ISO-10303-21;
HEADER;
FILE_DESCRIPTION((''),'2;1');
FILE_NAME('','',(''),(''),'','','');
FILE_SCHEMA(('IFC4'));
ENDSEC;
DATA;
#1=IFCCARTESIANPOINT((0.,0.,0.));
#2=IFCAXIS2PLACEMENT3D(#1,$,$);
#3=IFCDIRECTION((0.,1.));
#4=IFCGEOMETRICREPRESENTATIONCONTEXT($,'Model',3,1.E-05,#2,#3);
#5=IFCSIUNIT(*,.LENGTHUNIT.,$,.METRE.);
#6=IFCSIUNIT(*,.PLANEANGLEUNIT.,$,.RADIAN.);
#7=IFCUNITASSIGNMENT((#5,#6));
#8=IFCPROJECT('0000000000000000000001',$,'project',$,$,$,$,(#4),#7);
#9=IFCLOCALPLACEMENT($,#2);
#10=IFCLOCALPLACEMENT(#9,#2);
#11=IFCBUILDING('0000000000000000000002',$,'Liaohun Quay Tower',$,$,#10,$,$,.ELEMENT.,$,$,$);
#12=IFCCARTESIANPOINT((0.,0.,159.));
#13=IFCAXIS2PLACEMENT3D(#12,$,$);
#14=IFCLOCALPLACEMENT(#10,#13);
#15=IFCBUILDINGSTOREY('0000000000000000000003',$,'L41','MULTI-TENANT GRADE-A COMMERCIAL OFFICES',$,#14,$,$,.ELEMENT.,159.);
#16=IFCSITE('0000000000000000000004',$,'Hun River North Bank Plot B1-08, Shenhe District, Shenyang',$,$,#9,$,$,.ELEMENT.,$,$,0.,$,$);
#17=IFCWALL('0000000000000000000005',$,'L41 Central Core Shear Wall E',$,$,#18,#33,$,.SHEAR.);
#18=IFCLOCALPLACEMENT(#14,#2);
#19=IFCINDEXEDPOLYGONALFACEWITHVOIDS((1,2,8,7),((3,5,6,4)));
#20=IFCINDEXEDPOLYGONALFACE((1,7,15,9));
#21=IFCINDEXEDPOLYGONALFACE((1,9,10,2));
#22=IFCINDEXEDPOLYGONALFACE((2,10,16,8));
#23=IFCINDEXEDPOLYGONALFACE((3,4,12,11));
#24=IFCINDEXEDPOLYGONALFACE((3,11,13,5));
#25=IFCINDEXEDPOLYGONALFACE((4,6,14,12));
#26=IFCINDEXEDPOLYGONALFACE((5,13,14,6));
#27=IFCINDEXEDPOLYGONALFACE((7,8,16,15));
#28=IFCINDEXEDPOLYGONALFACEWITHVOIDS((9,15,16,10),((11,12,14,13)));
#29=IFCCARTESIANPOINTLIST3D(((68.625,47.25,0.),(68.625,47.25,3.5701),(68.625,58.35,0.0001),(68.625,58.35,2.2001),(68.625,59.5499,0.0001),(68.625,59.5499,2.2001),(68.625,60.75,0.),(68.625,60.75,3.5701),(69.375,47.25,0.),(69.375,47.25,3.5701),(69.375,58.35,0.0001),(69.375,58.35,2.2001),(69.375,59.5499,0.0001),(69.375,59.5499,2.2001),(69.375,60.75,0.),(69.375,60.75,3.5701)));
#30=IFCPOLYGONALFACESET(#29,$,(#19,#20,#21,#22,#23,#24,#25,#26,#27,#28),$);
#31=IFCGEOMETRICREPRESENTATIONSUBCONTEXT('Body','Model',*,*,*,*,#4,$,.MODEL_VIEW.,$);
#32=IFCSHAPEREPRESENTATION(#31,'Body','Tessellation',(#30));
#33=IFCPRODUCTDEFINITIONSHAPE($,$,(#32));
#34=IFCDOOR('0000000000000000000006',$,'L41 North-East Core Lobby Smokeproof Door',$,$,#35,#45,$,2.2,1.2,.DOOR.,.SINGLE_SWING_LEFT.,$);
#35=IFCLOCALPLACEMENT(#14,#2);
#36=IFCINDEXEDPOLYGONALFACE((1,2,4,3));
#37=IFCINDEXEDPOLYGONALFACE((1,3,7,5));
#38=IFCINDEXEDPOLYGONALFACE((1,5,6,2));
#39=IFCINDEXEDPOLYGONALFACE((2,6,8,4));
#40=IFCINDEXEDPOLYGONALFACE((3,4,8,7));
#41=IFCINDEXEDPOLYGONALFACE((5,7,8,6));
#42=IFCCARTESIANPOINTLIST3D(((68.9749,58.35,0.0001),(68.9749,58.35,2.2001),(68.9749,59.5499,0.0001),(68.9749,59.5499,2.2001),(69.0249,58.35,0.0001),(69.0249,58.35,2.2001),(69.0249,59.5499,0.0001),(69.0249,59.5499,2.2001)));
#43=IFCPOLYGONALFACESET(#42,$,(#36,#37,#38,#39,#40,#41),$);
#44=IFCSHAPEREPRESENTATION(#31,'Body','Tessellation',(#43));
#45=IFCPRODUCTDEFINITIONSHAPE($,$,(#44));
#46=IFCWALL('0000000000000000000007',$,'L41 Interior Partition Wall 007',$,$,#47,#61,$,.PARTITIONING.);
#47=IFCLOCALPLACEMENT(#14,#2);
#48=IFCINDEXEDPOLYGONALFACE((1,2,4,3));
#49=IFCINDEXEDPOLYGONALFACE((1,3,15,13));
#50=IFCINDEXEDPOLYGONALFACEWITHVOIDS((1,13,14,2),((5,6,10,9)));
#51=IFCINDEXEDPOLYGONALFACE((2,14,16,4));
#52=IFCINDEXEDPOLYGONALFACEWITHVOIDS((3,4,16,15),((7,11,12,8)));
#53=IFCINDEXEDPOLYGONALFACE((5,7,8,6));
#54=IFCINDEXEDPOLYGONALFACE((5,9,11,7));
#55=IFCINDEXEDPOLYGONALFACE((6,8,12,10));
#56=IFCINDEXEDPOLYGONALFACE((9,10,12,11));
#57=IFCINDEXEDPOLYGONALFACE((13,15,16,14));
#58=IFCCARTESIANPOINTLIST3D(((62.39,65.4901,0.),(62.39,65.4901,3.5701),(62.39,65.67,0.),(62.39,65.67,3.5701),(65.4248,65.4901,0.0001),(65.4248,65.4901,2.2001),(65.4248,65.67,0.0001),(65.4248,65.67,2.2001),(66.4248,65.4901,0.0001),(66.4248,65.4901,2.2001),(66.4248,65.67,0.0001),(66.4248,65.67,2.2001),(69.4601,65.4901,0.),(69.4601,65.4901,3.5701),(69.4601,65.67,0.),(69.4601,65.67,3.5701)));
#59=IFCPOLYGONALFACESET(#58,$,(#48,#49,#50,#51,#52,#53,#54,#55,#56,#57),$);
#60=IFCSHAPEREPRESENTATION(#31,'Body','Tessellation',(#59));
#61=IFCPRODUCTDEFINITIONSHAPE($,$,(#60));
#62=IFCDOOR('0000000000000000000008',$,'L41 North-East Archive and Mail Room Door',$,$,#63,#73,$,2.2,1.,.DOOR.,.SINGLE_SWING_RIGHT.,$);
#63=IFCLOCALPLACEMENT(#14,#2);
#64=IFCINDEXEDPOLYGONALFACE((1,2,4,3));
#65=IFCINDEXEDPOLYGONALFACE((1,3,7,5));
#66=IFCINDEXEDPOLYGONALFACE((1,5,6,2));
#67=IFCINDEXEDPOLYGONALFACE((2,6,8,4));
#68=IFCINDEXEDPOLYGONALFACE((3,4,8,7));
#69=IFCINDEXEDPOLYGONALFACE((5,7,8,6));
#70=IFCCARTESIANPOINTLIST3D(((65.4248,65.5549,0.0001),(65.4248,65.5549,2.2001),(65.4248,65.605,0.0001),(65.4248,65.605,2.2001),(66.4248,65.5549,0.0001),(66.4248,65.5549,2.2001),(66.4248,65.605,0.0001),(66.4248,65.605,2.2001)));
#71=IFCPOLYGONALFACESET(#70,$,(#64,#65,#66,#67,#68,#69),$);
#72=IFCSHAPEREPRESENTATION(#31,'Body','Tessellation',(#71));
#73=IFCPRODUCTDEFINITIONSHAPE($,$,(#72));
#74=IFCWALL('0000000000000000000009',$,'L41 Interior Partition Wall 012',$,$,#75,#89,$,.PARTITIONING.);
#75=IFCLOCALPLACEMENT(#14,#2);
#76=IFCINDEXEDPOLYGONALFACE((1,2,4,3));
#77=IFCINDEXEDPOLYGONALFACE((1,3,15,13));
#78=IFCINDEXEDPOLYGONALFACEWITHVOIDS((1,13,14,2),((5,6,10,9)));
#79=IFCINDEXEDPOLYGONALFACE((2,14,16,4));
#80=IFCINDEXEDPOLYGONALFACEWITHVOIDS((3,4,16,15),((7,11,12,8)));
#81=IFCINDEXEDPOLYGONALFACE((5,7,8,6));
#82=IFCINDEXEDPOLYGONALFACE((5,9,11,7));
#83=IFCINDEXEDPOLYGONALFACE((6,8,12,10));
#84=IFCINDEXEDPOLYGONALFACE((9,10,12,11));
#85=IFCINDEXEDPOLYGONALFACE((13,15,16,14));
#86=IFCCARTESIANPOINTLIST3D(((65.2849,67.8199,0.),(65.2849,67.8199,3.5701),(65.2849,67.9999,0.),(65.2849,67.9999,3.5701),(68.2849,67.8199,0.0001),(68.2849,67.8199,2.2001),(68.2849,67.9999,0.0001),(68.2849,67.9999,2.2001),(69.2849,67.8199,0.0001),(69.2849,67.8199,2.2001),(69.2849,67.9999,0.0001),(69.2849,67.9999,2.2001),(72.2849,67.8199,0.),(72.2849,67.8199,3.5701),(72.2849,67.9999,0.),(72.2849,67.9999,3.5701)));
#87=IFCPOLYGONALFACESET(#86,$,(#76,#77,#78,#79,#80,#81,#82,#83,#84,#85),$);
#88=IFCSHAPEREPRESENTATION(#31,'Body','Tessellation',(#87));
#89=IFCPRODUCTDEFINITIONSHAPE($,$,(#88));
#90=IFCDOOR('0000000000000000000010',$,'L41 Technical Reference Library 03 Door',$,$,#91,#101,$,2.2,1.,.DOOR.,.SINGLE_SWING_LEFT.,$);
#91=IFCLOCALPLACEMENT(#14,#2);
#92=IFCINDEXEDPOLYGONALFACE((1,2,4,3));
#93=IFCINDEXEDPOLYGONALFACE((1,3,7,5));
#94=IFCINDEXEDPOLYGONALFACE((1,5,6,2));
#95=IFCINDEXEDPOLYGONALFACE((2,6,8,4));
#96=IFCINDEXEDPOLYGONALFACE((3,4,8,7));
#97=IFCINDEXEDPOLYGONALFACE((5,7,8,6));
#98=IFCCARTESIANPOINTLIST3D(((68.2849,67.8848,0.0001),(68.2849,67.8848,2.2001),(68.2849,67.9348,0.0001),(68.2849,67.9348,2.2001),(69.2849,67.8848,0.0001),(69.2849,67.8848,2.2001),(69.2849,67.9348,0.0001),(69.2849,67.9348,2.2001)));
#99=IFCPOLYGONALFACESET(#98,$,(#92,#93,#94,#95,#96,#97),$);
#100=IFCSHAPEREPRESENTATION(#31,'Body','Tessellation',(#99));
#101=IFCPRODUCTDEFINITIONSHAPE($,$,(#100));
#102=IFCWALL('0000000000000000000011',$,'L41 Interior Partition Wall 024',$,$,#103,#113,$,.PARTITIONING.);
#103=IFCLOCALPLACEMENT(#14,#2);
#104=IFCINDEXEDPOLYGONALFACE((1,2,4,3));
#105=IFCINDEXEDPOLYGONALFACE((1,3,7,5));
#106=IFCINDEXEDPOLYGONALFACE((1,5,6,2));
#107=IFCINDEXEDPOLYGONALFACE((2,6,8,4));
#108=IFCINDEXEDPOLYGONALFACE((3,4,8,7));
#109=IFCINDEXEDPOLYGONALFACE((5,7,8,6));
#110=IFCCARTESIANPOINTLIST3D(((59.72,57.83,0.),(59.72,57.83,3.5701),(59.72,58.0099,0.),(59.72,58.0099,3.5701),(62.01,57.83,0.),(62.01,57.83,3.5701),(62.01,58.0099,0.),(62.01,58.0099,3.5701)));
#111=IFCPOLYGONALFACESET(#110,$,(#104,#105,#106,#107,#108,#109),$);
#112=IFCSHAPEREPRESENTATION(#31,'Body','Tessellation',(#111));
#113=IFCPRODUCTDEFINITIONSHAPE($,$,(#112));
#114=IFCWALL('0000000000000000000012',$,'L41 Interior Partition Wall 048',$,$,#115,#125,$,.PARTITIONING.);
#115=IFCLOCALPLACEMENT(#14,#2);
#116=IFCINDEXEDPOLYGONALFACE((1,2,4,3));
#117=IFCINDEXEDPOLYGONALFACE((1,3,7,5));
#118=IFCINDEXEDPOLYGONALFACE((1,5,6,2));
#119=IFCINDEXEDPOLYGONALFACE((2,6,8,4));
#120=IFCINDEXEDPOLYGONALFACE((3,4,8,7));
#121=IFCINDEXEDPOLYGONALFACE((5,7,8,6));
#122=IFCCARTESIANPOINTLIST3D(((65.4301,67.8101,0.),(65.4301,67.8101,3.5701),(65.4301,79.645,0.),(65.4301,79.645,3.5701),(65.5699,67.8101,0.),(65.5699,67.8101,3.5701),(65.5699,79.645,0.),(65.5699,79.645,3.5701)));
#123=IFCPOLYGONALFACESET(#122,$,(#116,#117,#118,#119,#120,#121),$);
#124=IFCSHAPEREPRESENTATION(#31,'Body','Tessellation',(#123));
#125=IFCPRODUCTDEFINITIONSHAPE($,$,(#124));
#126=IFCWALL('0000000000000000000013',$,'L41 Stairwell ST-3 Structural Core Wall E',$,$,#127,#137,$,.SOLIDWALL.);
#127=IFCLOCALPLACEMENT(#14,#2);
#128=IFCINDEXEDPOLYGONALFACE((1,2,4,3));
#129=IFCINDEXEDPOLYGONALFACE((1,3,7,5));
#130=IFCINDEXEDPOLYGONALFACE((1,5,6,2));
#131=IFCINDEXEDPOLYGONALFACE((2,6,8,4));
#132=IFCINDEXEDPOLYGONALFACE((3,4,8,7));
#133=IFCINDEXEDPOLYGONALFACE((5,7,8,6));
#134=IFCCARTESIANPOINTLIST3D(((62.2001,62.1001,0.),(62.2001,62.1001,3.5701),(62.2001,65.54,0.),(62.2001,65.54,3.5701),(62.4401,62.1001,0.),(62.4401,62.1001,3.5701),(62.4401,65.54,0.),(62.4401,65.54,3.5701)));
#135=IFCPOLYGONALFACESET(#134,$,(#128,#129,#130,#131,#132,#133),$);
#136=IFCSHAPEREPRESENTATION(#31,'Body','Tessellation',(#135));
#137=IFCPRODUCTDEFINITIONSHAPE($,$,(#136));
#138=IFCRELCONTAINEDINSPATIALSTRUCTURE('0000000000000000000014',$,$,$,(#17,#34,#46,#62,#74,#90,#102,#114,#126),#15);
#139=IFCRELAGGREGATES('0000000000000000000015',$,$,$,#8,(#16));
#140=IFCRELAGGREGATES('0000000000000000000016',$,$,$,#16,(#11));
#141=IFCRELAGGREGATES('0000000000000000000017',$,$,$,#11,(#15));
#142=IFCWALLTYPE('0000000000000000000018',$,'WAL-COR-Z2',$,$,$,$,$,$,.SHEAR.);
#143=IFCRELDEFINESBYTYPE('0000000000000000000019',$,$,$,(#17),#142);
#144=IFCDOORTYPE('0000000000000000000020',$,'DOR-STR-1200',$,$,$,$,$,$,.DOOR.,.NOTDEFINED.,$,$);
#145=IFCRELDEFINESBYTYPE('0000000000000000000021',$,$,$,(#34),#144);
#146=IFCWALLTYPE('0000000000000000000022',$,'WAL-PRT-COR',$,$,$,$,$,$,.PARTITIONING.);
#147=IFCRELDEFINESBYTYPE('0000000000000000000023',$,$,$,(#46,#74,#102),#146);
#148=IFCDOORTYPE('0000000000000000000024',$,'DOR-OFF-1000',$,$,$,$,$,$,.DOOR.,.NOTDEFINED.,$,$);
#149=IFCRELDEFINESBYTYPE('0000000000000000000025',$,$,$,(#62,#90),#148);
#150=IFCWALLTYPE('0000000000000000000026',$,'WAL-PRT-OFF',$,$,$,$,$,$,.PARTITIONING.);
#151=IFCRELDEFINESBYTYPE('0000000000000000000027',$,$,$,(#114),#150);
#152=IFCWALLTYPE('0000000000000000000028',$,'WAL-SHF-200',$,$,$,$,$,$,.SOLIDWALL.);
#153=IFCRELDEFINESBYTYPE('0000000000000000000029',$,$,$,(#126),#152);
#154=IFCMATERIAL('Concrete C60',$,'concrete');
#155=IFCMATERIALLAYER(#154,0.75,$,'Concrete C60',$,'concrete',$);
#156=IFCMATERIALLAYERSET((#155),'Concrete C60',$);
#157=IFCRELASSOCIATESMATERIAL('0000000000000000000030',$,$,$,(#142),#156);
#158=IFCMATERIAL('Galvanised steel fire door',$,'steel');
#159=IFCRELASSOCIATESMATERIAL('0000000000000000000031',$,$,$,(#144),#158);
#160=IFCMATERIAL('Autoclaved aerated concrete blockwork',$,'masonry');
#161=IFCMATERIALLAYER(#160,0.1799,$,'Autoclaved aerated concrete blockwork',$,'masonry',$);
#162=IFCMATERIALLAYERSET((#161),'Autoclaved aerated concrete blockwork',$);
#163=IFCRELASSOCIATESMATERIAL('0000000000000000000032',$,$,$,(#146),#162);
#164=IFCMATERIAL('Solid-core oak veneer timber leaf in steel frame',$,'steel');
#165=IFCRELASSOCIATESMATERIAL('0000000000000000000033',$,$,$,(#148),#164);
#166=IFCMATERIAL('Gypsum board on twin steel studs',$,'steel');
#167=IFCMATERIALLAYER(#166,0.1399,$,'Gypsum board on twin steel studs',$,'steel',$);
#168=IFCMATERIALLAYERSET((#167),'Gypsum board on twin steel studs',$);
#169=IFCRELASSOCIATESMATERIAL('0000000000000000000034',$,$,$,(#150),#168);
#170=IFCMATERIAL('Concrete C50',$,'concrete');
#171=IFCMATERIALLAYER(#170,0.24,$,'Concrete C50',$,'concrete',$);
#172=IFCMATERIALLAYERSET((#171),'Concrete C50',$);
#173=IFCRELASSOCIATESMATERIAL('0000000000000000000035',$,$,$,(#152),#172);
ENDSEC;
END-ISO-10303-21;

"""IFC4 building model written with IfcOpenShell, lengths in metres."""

from ifc_helpers import new_model, si_unit, direction, frame, frame_2d, origin, place, context, subcontext, project, spatial, rectangle, extrude, source, transform, mapped, material, layer, layer_set, type_object, element, fill, save


model = new_model("IFC4")

# Units and contexts
model_context = context("Model", 3, precision=1e-05, world=origin(), true_north=direction((0.0, 1.0)))
body_context = subcontext(model_context, "Body", "Model", "MODEL_VIEW")
ifc_project = project(units=[si_unit("LENGTHUNIT", "METRE"), si_unit("PLANEANGLEUNIT", "RADIAN")], contexts=[model_context])

# Site, building, storey
site_placement = place(None, origin())
site = spatial("IfcSite", under=ifc_project, at=site_placement, Name="Hun River North Bank Plot B1-08, Shenhe District, Shenyang", CompositionType="ELEMENT", RefElevation=0.0)
building_placement = place(site_placement, origin())
building = spatial("IfcBuilding", under=site, at=building_placement, Name="Liaohun Quay Tower", CompositionType="ELEMENT")
storey_placement = place(building_placement, frame((0.0, 0.0, 159.0)))
storey = spatial("IfcBuildingStorey", under=building, at=storey_placement, Name="L41", Description="MULTI-TENANT GRADE-A COMMERCIAL OFFICES", CompositionType="ELEMENT", Elevation=159.0)

# Shared definitions
ifc_material_1 = material(Name="Concrete C60", Category="concrete")

# Shared definitions
ifc_layer_1 = layer(ifc_material_1, 0.75, Name="Concrete C60", Category="concrete")
ifc_layer_set_1 = layer_set([ifc_layer_1], Name="Concrete C60")
wall_type_1 = type_object("IfcWallType", Name="WAL-COR-Z2", PredefinedType="SHEAR", material=ifc_layer_set_1)

# Walls, openings, doors
wall_1_placement = place(storey_placement, frame((69.0, 60.75, 0.0), z_axis=(0.0, 0.0, 1.0), x_axis=(0.0, -1.0, 0.0)))
wall_1 = element("IfcWall", 1, at=wall_1_placement, inside=storey, type_object=wall_type_1, Name="L41 Central Core Shear Wall E", PredefinedType="SHEAR", context=body_context, shape_type="SweptSolid", body=[
    extrude(rectangle(XDim=13.5, YDim=0.75, at=frame_2d((6.75, 0.0))), origin(), (0.0, 0.0, 1.0), 3.5701),
])
shared_shape_1 = source(origin(), body_context, "Body", "SweptSolid", [
    extrude(rectangle(XDim=1.2, YDim=2.2, at=frame_2d((0.6001, 1.1001))), frame((0.0, 0.385, 0.0), z_axis=(0.0, -1.0, 0.0), x_axis=(1.0, 0.0, 0.0)), (0.0, 0.0, 1.0), 0.77),
])
opening_1_placement = place(wall_1_placement, frame((1.2, 0.0, 0.0)))
opening_1 = element("IfcOpeningElement", 2, at=opening_1_placement, cuts=wall_1, PredefinedType="OPENING", context=body_context, shape_type="MappedRepresentation", body=[
    mapped(shared_shape_1, transform((0.0, 0.0, 0.0), x_axis=(1.0, 0.0, 0.0), y_axis=(0.0, 1.0, 0.0), z_axis=(0.0, 0.0, 1.0), scale=1.0)),
])
ifc_material_2 = material(Name="Galvanised steel fire door", Category="steel")
door_type_1 = type_object("IfcDoorType", Name="DOR-STR-1200", OperationType="NOTDEFINED", PredefinedType="DOOR", material=ifc_material_2)
shared_shape_2 = source(origin(), body_context, "Body", "SweptSolid", [
    extrude(rectangle(XDim=1.2, YDim=2.2, at=frame_2d((0.6001, 1.1001))), frame((0.0, 0.0249, 0.0), z_axis=(0.0, -1.0, 0.0), x_axis=(1.0, 0.0, 0.0)), (0.0, 0.0, 1.0), 0.05),
])
door_1_placement = place(opening_1_placement, origin())
door_1 = element("IfcDoor", 3, at=door_1_placement, inside=storey, type_object=door_type_1, Name="L41 North-East Core Lobby Smokeproof Door", OperationType="SINGLE_SWING_LEFT", OverallHeight=2.2, OverallWidth=1.2, PredefinedType="DOOR", context=body_context, shape_type="MappedRepresentation", body=[
    mapped(shared_shape_2, transform((0.0, 0.0, 0.0), x_axis=(1.0, 0.0, 0.0), y_axis=(0.0, 1.0, 0.0), z_axis=(0.0, 0.0, 1.0), scale=1.0)),
])
fill(opening_1, door_1)
ifc_material_3 = material(Name="Autoclaved aerated concrete blockwork", Category="masonry")
ifc_layer_2 = layer(ifc_material_3, 0.1799, Name="Autoclaved aerated concrete blockwork", Category="masonry")
ifc_layer_set_2 = layer_set([ifc_layer_2], Name="Autoclaved aerated concrete blockwork")
wall_type_2 = type_object("IfcWallType", Name="WAL-PRT-COR", PredefinedType="PARTITIONING", material=ifc_layer_set_2)
wall_2_placement = place(storey_placement, frame((62.3899, 65.5801, 0.0), z_axis=(0.0, 0.0, 1.0), x_axis=(1.0, 0.0, 0.0)))
wall_2 = element("IfcWall", 4, at=wall_2_placement, inside=storey, type_object=wall_type_2, Name="L41 Interior Partition Wall 007", PredefinedType="PARTITIONING", context=body_context, shape_type="SweptSolid", body=[
    extrude(rectangle(XDim=7.0701, YDim=0.1799, at=frame_2d((3.5352, 0.0))), origin(), (0.0, 0.0, 1.0), 3.5701),
])
shared_shape_3 = source(origin(), body_context, "Body", "SweptSolid", [
    extrude(rectangle(XDim=1.0, YDim=2.2, at=frame_2d((0.5, 1.1001))), frame((0.0, 0.0999, 0.0), z_axis=(0.0, -1.0, 0.0), x_axis=(1.0, 0.0, 0.0)), (0.0, 0.0, 1.0), 0.2),
])
opening_2_placement = place(wall_2_placement, frame((3.0349, 0.0, 0.0)))
opening_2 = element("IfcOpeningElement", 5, at=opening_2_placement, cuts=wall_2, PredefinedType="OPENING", context=body_context, shape_type="MappedRepresentation", body=[
    mapped(shared_shape_3, transform((0.0, 0.0, 0.0), x_axis=(1.0, 0.0, 0.0), y_axis=(0.0, 1.0, 0.0), z_axis=(0.0, 0.0, 1.0), scale=1.0)),
])
ifc_material_4 = material(Name="Solid-core oak veneer timber leaf in steel frame", Category="steel")
door_type_2 = type_object("IfcDoorType", Name="DOR-OFF-1000", OperationType="NOTDEFINED", PredefinedType="DOOR", material=ifc_material_4)
shared_shape_4 = source(origin(), body_context, "Body", "SweptSolid", [
    extrude(rectangle(XDim=1.0, YDim=2.2, at=frame_2d((0.5, 1.1001))), frame((0.0, 0.0249, 0.0), z_axis=(0.0, -1.0, 0.0), x_axis=(1.0, 0.0, 0.0)), (0.0, 0.0, 1.0), 0.05),
])
door_2_placement = place(opening_2_placement, origin())
door_2 = element("IfcDoor", 6, at=door_2_placement, inside=storey, type_object=door_type_2, Name="L41 North-East Archive and Mail Room Door", OperationType="SINGLE_SWING_RIGHT", OverallHeight=2.2, OverallWidth=1.0, PredefinedType="DOOR", context=body_context, shape_type="MappedRepresentation", body=[
    mapped(shared_shape_4, transform((0.0, 0.0, 0.0), x_axis=(1.0, 0.0, 0.0), y_axis=(0.0, 1.0, 0.0), z_axis=(0.0, 0.0, 1.0), scale=1.0)),
])
fill(opening_2, door_2)
wall_3_placement = place(storey_placement, frame((65.2849, 67.9099, 0.0), z_axis=(0.0, 0.0, 1.0), x_axis=(1.0, 0.0, 0.0)))
wall_3 = element("IfcWall", 7, at=wall_3_placement, inside=storey, type_object=wall_type_2, Name="L41 Interior Partition Wall 012", PredefinedType="PARTITIONING", context=body_context, shape_type="SweptSolid", body=[
    extrude(rectangle(XDim=7.0, YDim=0.1799, at=frame_2d((3.5, 0.0))), origin(), (0.0, 0.0, 1.0), 3.5701),
])
opening_3_placement = place(wall_3_placement, frame((3.0, 0.0, 0.0)))
opening_3 = element("IfcOpeningElement", 8, at=opening_3_placement, cuts=wall_3, PredefinedType="OPENING", context=body_context, shape_type="MappedRepresentation", body=[
    mapped(shared_shape_3, transform((0.0, 0.0, 0.0), x_axis=(1.0, 0.0, 0.0), y_axis=(0.0, 1.0, 0.0), z_axis=(0.0, 0.0, 1.0), scale=1.0)),
])
door_3_placement = place(opening_3_placement, origin())
door_3 = element("IfcDoor", 9, at=door_3_placement, inside=storey, type_object=door_type_2, Name="L41 Technical Reference Library 03 Door", OperationType="SINGLE_SWING_LEFT", OverallHeight=2.2, OverallWidth=1.0, PredefinedType="DOOR", context=body_context, shape_type="MappedRepresentation", body=[
    mapped(shared_shape_4, transform((0.0, 0.0, 0.0), x_axis=(1.0, 0.0, 0.0), y_axis=(0.0, 1.0, 0.0), z_axis=(0.0, 0.0, 1.0), scale=1.0)),
])
fill(opening_3, door_3)

# Walls
wall_4_placement = place(storey_placement, frame((59.72, 57.9199, 0.0), z_axis=(0.0, 0.0, 1.0), x_axis=(1.0, 0.0, 0.0)))
element("IfcWall", 10, at=wall_4_placement, inside=storey, type_object=wall_type_2, Name="L41 Interior Partition Wall 024", PredefinedType="PARTITIONING", context=body_context, shape_type="SweptSolid", body=[
    extrude(rectangle(XDim=2.29, YDim=0.1799, at=frame_2d((1.145, 0.0))), origin(), (0.0, 0.0, 1.0), 3.5701),
])
ifc_material_5 = material(Name="Gypsum board on twin steel studs", Category="steel")
ifc_layer_3 = layer(ifc_material_5, 0.1399, Name="Gypsum board on twin steel studs", Category="steel")
ifc_layer_set_3 = layer_set([ifc_layer_3], Name="Gypsum board on twin steel studs")
wall_type_3 = type_object("IfcWallType", Name="WAL-PRT-OFF", PredefinedType="PARTITIONING", material=ifc_layer_set_3)
wall_5_placement = place(storey_placement, frame((65.5, 67.8101, 0.0), z_axis=(0.0, 0.0, 1.0), x_axis=(0.0, 1.0, 0.0)))
element("IfcWall", 11, at=wall_5_placement, inside=storey, type_object=wall_type_3, Name="L41 Interior Partition Wall 048", PredefinedType="PARTITIONING", context=body_context, shape_type="SweptSolid", body=[
    extrude(rectangle(XDim=11.835, YDim=0.1399, at=frame_2d((5.9175, 0.0))), origin(), (0.0, 0.0, 1.0), 3.5701),
])
ifc_material_6 = material(Name="Concrete C50", Category="concrete")
ifc_layer_4 = layer(ifc_material_6, 0.24, Name="Concrete C50", Category="concrete")
ifc_layer_set_4 = layer_set([ifc_layer_4], Name="Concrete C50")
wall_type_4 = type_object("IfcWallType", Name="WAL-SHF-200", PredefinedType="SOLIDWALL", material=ifc_layer_set_4)
wall_6_placement = place(storey_placement, frame((62.3201, 62.1001, 0.0), z_axis=(0.0, 0.0, 1.0), x_axis=(0.0, 1.0, 0.0)))
element("IfcWall", 12, at=wall_6_placement, inside=storey, type_object=wall_type_4, Name="L41 Stairwell ST-3 Structural Core Wall E", PredefinedType="SOLIDWALL", context=body_context, shape_type="SweptSolid", body=[
    extrude(rectangle(XDim=3.4399, YDim=0.24, at=frame_2d((1.72, 0.0))), origin(), (0.0, 0.0, 1.0), 3.5701),
])

save(model, "model.ifc")
